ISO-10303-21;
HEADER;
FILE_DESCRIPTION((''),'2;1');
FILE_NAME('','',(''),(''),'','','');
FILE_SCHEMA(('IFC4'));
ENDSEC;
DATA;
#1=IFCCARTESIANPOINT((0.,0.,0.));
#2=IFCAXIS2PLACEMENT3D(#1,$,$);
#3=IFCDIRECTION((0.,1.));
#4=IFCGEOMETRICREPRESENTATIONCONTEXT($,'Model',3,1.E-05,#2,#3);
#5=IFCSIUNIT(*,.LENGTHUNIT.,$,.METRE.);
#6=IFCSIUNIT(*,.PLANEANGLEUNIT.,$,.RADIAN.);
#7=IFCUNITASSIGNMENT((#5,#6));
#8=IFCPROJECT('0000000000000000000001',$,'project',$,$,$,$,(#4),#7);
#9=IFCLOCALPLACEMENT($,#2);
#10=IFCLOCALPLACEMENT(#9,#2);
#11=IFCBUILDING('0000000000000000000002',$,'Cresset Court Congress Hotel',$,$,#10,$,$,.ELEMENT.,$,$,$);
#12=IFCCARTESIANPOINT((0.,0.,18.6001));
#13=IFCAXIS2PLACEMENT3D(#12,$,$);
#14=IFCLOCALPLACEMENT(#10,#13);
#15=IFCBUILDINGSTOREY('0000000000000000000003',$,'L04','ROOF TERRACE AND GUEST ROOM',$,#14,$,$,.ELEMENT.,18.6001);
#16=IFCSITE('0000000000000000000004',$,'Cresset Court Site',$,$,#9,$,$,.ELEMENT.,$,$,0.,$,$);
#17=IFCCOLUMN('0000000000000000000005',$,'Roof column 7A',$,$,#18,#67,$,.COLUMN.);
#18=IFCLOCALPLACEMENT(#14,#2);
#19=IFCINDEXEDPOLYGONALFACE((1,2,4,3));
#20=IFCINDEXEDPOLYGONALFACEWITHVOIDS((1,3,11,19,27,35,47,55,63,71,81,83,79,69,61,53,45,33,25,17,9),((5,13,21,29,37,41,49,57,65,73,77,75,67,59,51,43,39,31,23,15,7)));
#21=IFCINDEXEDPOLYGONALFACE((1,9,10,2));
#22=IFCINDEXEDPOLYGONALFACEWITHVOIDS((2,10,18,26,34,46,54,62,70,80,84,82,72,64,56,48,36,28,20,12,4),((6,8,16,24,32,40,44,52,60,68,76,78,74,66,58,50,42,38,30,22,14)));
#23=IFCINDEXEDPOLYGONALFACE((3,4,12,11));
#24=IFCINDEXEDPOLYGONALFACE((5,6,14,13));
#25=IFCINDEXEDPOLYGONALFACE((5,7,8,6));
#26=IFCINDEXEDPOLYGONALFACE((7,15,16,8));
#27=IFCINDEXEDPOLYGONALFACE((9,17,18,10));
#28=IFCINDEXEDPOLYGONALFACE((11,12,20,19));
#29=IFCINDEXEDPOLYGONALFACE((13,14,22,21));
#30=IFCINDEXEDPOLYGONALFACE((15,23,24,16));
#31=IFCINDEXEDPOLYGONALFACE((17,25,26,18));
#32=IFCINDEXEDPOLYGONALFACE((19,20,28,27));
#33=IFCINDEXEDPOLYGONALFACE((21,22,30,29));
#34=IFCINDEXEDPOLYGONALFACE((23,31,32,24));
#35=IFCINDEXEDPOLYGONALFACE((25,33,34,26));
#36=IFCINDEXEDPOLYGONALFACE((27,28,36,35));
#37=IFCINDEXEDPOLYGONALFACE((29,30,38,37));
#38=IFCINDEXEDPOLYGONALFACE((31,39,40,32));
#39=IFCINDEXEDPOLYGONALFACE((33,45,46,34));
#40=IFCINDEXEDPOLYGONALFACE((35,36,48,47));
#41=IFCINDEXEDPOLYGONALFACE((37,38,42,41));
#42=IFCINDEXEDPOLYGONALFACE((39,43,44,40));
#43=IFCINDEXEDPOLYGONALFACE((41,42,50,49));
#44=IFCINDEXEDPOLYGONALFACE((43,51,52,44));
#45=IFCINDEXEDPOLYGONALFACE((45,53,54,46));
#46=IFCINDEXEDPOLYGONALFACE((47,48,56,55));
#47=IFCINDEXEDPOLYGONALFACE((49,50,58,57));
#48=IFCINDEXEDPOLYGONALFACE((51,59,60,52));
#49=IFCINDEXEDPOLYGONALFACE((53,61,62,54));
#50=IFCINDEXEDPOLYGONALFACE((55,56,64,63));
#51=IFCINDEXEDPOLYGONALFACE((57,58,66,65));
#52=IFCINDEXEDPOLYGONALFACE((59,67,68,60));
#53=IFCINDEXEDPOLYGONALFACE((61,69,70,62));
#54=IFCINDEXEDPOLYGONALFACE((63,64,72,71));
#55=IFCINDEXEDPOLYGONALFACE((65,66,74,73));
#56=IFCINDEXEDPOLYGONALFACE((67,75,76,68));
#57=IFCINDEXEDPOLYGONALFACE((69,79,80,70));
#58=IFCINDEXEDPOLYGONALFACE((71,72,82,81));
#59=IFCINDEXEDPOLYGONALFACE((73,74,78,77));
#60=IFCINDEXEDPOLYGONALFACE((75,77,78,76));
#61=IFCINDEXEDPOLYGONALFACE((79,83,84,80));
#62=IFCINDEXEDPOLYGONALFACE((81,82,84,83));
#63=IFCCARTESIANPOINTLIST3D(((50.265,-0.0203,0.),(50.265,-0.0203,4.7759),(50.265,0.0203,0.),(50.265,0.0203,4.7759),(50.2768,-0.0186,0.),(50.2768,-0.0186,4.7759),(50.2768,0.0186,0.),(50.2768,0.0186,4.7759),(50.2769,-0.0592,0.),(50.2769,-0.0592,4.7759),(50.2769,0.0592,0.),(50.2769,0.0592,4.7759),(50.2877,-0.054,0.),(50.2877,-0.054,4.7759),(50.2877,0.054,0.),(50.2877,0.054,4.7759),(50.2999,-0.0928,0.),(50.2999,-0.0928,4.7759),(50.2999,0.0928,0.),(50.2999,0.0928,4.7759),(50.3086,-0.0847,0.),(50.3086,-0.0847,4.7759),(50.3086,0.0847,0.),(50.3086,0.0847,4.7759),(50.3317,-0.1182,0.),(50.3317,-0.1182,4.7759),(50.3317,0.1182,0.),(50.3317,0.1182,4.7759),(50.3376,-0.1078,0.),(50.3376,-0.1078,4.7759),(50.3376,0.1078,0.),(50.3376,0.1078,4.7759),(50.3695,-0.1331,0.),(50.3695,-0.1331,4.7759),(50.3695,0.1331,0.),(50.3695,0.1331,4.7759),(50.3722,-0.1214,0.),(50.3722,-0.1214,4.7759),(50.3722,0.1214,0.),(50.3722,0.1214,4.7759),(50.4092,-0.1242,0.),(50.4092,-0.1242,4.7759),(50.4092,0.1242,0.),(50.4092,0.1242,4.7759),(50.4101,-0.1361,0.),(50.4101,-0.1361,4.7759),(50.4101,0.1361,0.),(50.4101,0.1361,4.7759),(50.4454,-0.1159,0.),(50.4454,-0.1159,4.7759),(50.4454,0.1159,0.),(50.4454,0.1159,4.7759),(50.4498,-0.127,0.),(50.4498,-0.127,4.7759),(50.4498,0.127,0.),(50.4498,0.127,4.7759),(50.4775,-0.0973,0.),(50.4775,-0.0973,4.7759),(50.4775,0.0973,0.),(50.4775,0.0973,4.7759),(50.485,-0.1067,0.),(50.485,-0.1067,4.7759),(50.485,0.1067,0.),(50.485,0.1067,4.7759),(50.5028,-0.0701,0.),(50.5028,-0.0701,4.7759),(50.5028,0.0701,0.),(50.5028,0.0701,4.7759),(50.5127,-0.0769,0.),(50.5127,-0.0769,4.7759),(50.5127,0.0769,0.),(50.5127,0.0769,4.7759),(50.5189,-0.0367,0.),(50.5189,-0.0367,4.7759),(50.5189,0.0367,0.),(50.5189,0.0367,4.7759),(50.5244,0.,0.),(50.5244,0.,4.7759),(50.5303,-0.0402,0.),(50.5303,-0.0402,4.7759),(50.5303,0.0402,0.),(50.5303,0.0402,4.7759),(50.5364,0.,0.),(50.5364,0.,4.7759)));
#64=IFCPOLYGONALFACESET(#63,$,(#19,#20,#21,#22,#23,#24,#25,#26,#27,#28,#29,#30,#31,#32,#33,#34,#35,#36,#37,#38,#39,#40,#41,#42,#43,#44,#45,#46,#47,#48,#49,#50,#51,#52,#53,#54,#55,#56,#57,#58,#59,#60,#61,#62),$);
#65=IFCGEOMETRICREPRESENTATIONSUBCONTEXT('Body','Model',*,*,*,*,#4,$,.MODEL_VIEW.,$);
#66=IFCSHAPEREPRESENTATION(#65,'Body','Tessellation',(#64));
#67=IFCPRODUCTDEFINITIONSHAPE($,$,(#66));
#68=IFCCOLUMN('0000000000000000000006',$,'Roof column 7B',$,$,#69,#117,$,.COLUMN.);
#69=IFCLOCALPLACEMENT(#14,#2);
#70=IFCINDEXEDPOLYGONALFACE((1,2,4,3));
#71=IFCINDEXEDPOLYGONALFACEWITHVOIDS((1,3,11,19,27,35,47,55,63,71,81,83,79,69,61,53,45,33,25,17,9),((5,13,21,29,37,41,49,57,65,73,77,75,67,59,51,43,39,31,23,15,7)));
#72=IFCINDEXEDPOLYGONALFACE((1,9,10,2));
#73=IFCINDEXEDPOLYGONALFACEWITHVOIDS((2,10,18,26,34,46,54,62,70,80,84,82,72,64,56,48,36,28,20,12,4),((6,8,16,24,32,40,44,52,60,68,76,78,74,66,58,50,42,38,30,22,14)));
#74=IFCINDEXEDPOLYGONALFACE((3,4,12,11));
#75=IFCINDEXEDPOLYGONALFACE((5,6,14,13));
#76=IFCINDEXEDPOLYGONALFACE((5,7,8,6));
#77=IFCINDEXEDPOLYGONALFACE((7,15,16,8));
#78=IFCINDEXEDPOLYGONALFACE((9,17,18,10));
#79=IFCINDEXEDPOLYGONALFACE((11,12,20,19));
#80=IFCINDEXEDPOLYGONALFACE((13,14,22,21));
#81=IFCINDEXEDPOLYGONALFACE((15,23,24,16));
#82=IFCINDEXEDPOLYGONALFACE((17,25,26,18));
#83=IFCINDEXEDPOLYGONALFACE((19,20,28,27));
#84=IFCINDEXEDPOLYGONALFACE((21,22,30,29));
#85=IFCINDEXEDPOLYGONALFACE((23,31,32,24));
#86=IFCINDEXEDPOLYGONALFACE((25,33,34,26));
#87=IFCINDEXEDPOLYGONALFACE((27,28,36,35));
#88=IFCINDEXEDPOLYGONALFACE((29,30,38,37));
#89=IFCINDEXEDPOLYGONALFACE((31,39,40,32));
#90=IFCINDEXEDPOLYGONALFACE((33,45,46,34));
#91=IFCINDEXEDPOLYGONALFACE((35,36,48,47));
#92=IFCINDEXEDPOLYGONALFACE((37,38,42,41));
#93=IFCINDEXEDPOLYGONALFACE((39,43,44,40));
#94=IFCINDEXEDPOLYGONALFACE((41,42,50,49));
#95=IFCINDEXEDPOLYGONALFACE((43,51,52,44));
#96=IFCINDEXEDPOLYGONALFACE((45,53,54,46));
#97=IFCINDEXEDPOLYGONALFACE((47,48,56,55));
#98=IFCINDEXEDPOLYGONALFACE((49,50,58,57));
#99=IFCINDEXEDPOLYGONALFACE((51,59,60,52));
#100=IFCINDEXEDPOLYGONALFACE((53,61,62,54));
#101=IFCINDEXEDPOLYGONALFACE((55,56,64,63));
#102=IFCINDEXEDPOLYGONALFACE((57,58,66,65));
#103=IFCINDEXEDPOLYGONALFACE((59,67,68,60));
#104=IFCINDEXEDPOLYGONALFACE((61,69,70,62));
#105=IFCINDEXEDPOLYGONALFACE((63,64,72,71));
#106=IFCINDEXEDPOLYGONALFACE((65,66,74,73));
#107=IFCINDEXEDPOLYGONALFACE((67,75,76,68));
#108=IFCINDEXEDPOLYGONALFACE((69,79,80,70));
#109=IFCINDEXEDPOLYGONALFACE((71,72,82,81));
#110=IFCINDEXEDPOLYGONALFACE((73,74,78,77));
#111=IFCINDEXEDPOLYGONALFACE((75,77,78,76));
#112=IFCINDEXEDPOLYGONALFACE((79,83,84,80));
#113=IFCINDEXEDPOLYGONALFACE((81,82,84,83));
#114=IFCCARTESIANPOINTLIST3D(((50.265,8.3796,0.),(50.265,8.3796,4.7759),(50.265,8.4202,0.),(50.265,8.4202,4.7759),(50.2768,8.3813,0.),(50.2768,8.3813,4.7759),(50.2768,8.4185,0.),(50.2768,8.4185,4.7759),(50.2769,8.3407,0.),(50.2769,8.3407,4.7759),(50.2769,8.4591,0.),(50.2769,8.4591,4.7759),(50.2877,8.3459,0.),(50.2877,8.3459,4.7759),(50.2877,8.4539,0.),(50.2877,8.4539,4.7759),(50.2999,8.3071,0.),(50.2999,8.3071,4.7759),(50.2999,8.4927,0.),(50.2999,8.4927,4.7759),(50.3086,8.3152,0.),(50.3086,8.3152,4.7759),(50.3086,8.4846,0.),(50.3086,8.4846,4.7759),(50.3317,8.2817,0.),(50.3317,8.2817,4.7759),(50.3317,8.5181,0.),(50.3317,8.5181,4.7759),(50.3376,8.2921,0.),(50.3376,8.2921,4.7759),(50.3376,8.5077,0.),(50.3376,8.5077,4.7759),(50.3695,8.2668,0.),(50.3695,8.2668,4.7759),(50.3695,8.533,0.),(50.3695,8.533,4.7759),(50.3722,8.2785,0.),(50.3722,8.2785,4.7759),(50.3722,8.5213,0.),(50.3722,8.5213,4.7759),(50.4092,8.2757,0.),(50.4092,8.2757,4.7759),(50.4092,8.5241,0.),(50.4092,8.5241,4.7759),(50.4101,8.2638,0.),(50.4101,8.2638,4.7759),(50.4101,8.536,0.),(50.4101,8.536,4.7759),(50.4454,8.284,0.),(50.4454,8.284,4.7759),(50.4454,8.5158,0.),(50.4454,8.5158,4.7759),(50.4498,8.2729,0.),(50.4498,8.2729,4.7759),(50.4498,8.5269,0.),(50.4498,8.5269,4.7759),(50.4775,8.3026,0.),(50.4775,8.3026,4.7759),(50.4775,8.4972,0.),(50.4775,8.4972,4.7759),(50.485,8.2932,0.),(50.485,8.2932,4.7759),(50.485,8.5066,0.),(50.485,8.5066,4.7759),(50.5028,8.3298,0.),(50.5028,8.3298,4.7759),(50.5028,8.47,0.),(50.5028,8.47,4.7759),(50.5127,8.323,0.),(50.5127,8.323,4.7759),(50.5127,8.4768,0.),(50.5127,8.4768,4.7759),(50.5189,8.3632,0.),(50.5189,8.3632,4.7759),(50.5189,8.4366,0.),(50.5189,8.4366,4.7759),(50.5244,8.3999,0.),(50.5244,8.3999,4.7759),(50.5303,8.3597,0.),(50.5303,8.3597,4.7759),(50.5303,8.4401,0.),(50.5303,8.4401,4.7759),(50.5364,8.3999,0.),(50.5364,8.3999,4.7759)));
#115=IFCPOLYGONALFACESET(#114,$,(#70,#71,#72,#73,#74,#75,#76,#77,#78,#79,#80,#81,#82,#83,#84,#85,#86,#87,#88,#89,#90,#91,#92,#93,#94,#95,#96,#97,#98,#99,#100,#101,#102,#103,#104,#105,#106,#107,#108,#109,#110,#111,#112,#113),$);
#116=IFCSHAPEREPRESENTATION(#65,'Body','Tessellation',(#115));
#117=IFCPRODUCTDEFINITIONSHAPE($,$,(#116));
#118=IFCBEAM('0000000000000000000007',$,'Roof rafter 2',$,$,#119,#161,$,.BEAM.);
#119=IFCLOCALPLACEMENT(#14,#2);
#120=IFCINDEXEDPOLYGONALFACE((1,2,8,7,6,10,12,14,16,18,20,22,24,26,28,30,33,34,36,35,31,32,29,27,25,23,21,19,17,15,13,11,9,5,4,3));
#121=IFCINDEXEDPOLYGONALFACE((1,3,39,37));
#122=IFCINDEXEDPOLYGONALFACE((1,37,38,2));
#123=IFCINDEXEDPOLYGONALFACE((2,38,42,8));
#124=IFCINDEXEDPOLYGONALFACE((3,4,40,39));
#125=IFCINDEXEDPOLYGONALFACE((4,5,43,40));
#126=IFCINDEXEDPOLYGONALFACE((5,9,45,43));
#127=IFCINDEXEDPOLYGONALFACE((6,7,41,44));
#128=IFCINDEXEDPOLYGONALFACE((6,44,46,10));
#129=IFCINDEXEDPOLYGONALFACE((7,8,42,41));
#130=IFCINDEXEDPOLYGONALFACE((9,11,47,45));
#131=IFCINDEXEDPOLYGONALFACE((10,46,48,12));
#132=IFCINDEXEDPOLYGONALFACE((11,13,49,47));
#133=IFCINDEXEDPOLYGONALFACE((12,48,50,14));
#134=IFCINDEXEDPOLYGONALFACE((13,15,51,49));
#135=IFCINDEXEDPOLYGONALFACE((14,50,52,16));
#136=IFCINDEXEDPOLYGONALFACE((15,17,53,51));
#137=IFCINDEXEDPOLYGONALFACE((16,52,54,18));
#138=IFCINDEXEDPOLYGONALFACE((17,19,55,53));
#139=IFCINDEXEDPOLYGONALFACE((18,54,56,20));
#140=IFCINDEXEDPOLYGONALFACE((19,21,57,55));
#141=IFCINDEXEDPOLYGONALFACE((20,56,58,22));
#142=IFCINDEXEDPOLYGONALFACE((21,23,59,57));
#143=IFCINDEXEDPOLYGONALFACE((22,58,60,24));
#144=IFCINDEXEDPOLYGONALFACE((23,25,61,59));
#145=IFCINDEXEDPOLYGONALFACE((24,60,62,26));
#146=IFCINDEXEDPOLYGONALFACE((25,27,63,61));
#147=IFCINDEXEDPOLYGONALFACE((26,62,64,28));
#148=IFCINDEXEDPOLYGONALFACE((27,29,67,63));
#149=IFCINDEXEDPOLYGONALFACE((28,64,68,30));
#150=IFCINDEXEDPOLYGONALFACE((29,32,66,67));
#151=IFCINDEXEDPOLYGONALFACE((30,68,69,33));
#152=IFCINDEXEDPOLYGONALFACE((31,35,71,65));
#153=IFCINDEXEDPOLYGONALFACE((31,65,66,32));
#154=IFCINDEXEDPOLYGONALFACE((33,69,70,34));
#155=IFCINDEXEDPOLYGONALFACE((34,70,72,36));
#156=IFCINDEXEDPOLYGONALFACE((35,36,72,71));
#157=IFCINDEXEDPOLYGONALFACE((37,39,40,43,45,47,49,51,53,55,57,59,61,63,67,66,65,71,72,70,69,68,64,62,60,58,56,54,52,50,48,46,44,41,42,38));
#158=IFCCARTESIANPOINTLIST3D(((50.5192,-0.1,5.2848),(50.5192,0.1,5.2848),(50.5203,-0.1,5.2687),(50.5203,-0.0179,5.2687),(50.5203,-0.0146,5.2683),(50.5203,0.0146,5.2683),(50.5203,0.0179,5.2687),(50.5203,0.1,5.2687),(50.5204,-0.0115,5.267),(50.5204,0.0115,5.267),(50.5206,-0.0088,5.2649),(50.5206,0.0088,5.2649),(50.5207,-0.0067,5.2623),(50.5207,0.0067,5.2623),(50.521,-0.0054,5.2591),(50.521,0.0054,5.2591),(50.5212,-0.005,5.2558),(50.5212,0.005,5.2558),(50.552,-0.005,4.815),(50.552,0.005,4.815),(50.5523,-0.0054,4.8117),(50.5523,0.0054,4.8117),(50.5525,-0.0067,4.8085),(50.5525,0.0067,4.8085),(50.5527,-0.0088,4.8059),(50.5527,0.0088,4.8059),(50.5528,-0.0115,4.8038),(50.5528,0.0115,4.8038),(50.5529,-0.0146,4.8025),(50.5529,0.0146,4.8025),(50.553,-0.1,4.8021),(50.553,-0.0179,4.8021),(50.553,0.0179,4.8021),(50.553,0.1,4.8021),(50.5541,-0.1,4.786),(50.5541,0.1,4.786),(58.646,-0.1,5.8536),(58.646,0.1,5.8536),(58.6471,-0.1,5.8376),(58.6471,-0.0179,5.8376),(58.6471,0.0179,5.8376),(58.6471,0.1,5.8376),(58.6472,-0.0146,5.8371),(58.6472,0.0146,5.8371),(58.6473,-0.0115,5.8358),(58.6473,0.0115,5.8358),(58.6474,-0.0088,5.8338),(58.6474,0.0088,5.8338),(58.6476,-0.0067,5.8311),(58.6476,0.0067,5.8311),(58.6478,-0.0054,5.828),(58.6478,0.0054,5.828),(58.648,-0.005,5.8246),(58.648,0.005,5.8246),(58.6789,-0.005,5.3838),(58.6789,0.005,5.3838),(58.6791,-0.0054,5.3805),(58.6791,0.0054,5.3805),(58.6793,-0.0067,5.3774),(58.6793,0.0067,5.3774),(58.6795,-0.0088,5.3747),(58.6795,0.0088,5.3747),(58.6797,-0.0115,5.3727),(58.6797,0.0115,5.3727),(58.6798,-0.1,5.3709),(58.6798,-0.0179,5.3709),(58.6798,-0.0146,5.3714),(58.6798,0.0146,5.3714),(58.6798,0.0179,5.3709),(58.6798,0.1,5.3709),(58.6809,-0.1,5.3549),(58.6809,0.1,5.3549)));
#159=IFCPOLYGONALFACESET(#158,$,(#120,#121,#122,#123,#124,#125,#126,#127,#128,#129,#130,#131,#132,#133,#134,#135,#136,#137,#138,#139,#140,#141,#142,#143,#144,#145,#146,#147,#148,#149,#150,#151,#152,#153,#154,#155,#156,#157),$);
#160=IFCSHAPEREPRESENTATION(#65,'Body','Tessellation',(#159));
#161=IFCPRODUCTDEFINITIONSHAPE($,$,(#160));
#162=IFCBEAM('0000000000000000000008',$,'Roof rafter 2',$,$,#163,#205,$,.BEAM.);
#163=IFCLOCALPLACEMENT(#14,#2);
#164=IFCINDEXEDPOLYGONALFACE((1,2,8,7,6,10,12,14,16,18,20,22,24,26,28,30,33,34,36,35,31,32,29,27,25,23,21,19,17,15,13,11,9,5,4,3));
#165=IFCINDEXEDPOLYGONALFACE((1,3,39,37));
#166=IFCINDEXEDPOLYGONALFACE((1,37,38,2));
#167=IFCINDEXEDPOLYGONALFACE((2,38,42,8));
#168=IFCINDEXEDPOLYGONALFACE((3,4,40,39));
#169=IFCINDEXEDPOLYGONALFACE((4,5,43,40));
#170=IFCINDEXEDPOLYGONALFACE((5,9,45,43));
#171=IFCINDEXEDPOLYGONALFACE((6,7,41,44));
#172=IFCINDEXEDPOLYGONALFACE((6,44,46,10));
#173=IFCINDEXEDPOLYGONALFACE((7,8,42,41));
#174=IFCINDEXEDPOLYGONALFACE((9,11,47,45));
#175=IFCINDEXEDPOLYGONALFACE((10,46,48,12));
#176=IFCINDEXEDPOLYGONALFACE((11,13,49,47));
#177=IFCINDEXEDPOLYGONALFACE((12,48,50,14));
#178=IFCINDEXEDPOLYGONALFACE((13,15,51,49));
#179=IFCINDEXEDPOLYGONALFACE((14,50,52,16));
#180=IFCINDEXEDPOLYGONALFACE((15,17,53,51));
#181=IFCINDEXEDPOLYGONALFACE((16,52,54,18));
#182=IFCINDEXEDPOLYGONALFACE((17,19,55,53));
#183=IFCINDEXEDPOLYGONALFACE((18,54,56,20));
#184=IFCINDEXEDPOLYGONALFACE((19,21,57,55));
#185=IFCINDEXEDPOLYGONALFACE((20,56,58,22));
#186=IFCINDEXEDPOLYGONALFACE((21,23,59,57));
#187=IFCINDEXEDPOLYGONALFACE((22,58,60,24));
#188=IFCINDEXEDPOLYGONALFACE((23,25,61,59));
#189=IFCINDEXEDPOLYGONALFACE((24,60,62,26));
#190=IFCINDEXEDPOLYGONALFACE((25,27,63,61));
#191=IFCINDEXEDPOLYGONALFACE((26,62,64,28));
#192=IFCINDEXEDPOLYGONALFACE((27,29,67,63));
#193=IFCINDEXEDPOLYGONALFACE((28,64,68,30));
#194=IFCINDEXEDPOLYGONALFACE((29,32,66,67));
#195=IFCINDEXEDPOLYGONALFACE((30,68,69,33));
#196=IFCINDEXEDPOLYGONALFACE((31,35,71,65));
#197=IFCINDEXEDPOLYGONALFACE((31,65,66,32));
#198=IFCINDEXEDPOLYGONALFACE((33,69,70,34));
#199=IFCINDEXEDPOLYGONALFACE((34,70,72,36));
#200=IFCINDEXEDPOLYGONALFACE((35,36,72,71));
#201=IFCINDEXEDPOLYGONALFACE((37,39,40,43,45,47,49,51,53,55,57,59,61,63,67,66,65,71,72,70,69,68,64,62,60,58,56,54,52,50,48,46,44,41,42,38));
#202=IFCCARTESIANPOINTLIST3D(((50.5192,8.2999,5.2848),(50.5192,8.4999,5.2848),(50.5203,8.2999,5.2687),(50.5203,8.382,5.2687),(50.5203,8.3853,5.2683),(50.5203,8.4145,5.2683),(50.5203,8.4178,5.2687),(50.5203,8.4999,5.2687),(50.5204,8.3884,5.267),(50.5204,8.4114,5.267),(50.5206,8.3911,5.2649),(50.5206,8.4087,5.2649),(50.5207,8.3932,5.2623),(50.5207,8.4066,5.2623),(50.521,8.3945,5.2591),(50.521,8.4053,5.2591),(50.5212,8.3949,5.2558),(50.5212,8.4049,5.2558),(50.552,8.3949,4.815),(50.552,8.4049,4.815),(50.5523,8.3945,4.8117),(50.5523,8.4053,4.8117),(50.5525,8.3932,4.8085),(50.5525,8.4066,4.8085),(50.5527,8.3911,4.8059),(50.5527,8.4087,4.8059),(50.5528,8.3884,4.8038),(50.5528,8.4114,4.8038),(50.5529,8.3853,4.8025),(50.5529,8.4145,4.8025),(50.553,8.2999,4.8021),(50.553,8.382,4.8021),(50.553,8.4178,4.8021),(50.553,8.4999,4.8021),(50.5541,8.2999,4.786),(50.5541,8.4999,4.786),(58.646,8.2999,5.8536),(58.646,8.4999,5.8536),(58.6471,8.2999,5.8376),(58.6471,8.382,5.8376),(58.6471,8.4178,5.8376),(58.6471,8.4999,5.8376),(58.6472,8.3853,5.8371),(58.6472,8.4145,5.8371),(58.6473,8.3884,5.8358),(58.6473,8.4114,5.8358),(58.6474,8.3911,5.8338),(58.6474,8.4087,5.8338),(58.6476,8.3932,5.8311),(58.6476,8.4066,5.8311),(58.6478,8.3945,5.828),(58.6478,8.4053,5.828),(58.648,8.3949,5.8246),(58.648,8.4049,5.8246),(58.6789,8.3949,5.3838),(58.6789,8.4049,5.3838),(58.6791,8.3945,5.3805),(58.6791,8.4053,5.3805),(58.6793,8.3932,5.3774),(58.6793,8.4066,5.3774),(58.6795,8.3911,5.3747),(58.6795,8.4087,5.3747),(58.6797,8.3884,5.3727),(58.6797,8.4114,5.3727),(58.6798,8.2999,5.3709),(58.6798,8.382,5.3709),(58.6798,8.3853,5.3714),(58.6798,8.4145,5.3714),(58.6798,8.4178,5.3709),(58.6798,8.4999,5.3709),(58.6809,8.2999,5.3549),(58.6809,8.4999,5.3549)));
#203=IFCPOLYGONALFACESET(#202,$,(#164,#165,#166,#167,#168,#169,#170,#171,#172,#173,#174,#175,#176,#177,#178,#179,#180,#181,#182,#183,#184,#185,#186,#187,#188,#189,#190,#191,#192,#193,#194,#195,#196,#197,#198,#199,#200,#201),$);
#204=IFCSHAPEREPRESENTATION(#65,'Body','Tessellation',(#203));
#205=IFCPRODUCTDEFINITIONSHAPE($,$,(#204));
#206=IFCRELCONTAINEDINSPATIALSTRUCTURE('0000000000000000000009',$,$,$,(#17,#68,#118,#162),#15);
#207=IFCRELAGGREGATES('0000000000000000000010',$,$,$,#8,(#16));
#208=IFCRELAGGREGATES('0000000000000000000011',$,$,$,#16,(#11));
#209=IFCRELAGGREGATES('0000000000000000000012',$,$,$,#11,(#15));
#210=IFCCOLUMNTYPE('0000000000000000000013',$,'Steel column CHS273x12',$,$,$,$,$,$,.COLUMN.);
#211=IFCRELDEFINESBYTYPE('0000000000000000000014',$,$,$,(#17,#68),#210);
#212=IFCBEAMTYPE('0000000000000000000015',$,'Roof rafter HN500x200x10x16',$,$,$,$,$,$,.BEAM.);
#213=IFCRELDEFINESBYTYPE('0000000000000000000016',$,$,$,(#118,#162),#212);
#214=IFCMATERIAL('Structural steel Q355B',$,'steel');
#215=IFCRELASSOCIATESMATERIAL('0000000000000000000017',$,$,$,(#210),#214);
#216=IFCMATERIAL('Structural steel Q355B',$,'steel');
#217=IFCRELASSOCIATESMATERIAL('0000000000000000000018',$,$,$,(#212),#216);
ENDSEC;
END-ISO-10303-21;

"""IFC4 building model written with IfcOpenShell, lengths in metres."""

from ifc_helpers import new_model, si_unit, direction, frame, origin, origin_2d, place, context, subcontext, project, spatial, hollow_circle, i_section, extrude, material, material_profile, profile_set, type_object, element, save


model = new_model("IFC4")

# Units and contexts
model_context = context("Model", 3, precision=1e-05, world=origin(), true_north=direction((0.0, 1.0)))
body_context = subcontext(model_context, "Body", "Model", "MODEL_VIEW")
ifc_project = project(units=[si_unit("LENGTHUNIT", "METRE"), si_unit("PLANEANGLEUNIT", "RADIAN")], contexts=[model_context])

# Site, building, storey
site_placement = place(None, origin())
site = spatial("IfcSite", under=ifc_project, at=site_placement, Name="Cresset Court Site", CompositionType="ELEMENT", RefElevation=0.0)
building_placement = place(site_placement, origin())
building = spatial("IfcBuilding", under=site, at=building_placement, Name="Cresset Court Congress Hotel", CompositionType="ELEMENT")
storey_placement = place(building_placement, frame((0.0, 0.0, 18.6001)))
storey = spatial("IfcBuildingStorey", under=building, at=storey_placement, Name="L04", Description="ROOF TERRACE AND GUEST ROOM", CompositionType="ELEMENT", Elevation=18.6001)

# Columns
ifc_material_1 = material(Name="Structural steel Q355B", Category="steel")
ifc_material_profile_1 = material_profile(ifc_material_1, hollow_circle(Radius=0.1365, WallThickness=0.012, at=origin_2d()), Name="CHS273x12")
ifc_profile_set_1 = profile_set([ifc_material_profile_1], Name="Structural steel Q355B")
column_type = type_object("IfcColumnType", Name="Steel column CHS273x12", PredefinedType="COLUMN", material=ifc_profile_set_1)
for number, where, z_axis, x_axis, name in (
    (1, (50.3999, 0.0, 0.0), (0.0, 0.0, 1.0), (1.0, 0.0, 0.0), "Roof column 7A"),
    (2, (50.3999, 8.3999, 0.0), (0.0, 0.0, 1.0), (1.0, 0.0, 0.0), "Roof column 7B"),
):
    element("IfcColumn", number, at=place(storey_placement, frame(where, z_axis=z_axis, x_axis=x_axis)), inside=storey, type_object=column_type, Name=name, PredefinedType="COLUMN", context=body_context, shape_type="SweptSolid", body=[
        extrude(hollow_circle(Radius=0.1365, WallThickness=0.012, at=origin_2d()), origin(), (0.0, 0.0, 1.0), 4.7759),
    ])

# Beams
ifc_material_2 = material(Name="Structural steel Q355B", Category="steel")
ifc_material_profile_2 = material_profile(ifc_material_2, i_section(OverallWidth=0.2, OverallDepth=0.5, WebThickness=0.01, FlangeThickness=0.0161, FilletRadius=0.0129, at=origin_2d()), Name="HN500x200x10x16")
ifc_profile_set_2 = profile_set([ifc_material_profile_2], Name="Structural steel Q355B")
beam_type_1 = type_object("IfcBeamType", Name="Roof rafter HN500x200x10x16", PredefinedType="BEAM", material=ifc_profile_set_2)
for number, where, z_axis, x_axis, name in (
    (3, (50.5366, 0.0, 5.0354), (0.997559, 0.0, 0.069824), (0.0, 1.0, 0.0), "Roof rafter 2"),
    (4, (50.5366, 8.3999, 5.0354), (0.997559, 0.0, 0.069824), (0.0, 1.0, 0.0), "Roof rafter 2"),
):
    element("IfcBeam", number, at=place(storey_placement, frame(where, z_axis=z_axis, x_axis=x_axis)), inside=storey, type_object=beam_type_1, Name=name, PredefinedType="BEAM", context=body_context, shape_type="SweptSolid", body=[
        extrude(i_section(OverallWidth=0.2, OverallDepth=0.5, WebThickness=0.01, FlangeThickness=0.0161, FilletRadius=0.0129, at=origin_2d()), origin(), (0.0, 0.0, 1.0), 8.1467),
    ])

save(model, "model.ifc")
